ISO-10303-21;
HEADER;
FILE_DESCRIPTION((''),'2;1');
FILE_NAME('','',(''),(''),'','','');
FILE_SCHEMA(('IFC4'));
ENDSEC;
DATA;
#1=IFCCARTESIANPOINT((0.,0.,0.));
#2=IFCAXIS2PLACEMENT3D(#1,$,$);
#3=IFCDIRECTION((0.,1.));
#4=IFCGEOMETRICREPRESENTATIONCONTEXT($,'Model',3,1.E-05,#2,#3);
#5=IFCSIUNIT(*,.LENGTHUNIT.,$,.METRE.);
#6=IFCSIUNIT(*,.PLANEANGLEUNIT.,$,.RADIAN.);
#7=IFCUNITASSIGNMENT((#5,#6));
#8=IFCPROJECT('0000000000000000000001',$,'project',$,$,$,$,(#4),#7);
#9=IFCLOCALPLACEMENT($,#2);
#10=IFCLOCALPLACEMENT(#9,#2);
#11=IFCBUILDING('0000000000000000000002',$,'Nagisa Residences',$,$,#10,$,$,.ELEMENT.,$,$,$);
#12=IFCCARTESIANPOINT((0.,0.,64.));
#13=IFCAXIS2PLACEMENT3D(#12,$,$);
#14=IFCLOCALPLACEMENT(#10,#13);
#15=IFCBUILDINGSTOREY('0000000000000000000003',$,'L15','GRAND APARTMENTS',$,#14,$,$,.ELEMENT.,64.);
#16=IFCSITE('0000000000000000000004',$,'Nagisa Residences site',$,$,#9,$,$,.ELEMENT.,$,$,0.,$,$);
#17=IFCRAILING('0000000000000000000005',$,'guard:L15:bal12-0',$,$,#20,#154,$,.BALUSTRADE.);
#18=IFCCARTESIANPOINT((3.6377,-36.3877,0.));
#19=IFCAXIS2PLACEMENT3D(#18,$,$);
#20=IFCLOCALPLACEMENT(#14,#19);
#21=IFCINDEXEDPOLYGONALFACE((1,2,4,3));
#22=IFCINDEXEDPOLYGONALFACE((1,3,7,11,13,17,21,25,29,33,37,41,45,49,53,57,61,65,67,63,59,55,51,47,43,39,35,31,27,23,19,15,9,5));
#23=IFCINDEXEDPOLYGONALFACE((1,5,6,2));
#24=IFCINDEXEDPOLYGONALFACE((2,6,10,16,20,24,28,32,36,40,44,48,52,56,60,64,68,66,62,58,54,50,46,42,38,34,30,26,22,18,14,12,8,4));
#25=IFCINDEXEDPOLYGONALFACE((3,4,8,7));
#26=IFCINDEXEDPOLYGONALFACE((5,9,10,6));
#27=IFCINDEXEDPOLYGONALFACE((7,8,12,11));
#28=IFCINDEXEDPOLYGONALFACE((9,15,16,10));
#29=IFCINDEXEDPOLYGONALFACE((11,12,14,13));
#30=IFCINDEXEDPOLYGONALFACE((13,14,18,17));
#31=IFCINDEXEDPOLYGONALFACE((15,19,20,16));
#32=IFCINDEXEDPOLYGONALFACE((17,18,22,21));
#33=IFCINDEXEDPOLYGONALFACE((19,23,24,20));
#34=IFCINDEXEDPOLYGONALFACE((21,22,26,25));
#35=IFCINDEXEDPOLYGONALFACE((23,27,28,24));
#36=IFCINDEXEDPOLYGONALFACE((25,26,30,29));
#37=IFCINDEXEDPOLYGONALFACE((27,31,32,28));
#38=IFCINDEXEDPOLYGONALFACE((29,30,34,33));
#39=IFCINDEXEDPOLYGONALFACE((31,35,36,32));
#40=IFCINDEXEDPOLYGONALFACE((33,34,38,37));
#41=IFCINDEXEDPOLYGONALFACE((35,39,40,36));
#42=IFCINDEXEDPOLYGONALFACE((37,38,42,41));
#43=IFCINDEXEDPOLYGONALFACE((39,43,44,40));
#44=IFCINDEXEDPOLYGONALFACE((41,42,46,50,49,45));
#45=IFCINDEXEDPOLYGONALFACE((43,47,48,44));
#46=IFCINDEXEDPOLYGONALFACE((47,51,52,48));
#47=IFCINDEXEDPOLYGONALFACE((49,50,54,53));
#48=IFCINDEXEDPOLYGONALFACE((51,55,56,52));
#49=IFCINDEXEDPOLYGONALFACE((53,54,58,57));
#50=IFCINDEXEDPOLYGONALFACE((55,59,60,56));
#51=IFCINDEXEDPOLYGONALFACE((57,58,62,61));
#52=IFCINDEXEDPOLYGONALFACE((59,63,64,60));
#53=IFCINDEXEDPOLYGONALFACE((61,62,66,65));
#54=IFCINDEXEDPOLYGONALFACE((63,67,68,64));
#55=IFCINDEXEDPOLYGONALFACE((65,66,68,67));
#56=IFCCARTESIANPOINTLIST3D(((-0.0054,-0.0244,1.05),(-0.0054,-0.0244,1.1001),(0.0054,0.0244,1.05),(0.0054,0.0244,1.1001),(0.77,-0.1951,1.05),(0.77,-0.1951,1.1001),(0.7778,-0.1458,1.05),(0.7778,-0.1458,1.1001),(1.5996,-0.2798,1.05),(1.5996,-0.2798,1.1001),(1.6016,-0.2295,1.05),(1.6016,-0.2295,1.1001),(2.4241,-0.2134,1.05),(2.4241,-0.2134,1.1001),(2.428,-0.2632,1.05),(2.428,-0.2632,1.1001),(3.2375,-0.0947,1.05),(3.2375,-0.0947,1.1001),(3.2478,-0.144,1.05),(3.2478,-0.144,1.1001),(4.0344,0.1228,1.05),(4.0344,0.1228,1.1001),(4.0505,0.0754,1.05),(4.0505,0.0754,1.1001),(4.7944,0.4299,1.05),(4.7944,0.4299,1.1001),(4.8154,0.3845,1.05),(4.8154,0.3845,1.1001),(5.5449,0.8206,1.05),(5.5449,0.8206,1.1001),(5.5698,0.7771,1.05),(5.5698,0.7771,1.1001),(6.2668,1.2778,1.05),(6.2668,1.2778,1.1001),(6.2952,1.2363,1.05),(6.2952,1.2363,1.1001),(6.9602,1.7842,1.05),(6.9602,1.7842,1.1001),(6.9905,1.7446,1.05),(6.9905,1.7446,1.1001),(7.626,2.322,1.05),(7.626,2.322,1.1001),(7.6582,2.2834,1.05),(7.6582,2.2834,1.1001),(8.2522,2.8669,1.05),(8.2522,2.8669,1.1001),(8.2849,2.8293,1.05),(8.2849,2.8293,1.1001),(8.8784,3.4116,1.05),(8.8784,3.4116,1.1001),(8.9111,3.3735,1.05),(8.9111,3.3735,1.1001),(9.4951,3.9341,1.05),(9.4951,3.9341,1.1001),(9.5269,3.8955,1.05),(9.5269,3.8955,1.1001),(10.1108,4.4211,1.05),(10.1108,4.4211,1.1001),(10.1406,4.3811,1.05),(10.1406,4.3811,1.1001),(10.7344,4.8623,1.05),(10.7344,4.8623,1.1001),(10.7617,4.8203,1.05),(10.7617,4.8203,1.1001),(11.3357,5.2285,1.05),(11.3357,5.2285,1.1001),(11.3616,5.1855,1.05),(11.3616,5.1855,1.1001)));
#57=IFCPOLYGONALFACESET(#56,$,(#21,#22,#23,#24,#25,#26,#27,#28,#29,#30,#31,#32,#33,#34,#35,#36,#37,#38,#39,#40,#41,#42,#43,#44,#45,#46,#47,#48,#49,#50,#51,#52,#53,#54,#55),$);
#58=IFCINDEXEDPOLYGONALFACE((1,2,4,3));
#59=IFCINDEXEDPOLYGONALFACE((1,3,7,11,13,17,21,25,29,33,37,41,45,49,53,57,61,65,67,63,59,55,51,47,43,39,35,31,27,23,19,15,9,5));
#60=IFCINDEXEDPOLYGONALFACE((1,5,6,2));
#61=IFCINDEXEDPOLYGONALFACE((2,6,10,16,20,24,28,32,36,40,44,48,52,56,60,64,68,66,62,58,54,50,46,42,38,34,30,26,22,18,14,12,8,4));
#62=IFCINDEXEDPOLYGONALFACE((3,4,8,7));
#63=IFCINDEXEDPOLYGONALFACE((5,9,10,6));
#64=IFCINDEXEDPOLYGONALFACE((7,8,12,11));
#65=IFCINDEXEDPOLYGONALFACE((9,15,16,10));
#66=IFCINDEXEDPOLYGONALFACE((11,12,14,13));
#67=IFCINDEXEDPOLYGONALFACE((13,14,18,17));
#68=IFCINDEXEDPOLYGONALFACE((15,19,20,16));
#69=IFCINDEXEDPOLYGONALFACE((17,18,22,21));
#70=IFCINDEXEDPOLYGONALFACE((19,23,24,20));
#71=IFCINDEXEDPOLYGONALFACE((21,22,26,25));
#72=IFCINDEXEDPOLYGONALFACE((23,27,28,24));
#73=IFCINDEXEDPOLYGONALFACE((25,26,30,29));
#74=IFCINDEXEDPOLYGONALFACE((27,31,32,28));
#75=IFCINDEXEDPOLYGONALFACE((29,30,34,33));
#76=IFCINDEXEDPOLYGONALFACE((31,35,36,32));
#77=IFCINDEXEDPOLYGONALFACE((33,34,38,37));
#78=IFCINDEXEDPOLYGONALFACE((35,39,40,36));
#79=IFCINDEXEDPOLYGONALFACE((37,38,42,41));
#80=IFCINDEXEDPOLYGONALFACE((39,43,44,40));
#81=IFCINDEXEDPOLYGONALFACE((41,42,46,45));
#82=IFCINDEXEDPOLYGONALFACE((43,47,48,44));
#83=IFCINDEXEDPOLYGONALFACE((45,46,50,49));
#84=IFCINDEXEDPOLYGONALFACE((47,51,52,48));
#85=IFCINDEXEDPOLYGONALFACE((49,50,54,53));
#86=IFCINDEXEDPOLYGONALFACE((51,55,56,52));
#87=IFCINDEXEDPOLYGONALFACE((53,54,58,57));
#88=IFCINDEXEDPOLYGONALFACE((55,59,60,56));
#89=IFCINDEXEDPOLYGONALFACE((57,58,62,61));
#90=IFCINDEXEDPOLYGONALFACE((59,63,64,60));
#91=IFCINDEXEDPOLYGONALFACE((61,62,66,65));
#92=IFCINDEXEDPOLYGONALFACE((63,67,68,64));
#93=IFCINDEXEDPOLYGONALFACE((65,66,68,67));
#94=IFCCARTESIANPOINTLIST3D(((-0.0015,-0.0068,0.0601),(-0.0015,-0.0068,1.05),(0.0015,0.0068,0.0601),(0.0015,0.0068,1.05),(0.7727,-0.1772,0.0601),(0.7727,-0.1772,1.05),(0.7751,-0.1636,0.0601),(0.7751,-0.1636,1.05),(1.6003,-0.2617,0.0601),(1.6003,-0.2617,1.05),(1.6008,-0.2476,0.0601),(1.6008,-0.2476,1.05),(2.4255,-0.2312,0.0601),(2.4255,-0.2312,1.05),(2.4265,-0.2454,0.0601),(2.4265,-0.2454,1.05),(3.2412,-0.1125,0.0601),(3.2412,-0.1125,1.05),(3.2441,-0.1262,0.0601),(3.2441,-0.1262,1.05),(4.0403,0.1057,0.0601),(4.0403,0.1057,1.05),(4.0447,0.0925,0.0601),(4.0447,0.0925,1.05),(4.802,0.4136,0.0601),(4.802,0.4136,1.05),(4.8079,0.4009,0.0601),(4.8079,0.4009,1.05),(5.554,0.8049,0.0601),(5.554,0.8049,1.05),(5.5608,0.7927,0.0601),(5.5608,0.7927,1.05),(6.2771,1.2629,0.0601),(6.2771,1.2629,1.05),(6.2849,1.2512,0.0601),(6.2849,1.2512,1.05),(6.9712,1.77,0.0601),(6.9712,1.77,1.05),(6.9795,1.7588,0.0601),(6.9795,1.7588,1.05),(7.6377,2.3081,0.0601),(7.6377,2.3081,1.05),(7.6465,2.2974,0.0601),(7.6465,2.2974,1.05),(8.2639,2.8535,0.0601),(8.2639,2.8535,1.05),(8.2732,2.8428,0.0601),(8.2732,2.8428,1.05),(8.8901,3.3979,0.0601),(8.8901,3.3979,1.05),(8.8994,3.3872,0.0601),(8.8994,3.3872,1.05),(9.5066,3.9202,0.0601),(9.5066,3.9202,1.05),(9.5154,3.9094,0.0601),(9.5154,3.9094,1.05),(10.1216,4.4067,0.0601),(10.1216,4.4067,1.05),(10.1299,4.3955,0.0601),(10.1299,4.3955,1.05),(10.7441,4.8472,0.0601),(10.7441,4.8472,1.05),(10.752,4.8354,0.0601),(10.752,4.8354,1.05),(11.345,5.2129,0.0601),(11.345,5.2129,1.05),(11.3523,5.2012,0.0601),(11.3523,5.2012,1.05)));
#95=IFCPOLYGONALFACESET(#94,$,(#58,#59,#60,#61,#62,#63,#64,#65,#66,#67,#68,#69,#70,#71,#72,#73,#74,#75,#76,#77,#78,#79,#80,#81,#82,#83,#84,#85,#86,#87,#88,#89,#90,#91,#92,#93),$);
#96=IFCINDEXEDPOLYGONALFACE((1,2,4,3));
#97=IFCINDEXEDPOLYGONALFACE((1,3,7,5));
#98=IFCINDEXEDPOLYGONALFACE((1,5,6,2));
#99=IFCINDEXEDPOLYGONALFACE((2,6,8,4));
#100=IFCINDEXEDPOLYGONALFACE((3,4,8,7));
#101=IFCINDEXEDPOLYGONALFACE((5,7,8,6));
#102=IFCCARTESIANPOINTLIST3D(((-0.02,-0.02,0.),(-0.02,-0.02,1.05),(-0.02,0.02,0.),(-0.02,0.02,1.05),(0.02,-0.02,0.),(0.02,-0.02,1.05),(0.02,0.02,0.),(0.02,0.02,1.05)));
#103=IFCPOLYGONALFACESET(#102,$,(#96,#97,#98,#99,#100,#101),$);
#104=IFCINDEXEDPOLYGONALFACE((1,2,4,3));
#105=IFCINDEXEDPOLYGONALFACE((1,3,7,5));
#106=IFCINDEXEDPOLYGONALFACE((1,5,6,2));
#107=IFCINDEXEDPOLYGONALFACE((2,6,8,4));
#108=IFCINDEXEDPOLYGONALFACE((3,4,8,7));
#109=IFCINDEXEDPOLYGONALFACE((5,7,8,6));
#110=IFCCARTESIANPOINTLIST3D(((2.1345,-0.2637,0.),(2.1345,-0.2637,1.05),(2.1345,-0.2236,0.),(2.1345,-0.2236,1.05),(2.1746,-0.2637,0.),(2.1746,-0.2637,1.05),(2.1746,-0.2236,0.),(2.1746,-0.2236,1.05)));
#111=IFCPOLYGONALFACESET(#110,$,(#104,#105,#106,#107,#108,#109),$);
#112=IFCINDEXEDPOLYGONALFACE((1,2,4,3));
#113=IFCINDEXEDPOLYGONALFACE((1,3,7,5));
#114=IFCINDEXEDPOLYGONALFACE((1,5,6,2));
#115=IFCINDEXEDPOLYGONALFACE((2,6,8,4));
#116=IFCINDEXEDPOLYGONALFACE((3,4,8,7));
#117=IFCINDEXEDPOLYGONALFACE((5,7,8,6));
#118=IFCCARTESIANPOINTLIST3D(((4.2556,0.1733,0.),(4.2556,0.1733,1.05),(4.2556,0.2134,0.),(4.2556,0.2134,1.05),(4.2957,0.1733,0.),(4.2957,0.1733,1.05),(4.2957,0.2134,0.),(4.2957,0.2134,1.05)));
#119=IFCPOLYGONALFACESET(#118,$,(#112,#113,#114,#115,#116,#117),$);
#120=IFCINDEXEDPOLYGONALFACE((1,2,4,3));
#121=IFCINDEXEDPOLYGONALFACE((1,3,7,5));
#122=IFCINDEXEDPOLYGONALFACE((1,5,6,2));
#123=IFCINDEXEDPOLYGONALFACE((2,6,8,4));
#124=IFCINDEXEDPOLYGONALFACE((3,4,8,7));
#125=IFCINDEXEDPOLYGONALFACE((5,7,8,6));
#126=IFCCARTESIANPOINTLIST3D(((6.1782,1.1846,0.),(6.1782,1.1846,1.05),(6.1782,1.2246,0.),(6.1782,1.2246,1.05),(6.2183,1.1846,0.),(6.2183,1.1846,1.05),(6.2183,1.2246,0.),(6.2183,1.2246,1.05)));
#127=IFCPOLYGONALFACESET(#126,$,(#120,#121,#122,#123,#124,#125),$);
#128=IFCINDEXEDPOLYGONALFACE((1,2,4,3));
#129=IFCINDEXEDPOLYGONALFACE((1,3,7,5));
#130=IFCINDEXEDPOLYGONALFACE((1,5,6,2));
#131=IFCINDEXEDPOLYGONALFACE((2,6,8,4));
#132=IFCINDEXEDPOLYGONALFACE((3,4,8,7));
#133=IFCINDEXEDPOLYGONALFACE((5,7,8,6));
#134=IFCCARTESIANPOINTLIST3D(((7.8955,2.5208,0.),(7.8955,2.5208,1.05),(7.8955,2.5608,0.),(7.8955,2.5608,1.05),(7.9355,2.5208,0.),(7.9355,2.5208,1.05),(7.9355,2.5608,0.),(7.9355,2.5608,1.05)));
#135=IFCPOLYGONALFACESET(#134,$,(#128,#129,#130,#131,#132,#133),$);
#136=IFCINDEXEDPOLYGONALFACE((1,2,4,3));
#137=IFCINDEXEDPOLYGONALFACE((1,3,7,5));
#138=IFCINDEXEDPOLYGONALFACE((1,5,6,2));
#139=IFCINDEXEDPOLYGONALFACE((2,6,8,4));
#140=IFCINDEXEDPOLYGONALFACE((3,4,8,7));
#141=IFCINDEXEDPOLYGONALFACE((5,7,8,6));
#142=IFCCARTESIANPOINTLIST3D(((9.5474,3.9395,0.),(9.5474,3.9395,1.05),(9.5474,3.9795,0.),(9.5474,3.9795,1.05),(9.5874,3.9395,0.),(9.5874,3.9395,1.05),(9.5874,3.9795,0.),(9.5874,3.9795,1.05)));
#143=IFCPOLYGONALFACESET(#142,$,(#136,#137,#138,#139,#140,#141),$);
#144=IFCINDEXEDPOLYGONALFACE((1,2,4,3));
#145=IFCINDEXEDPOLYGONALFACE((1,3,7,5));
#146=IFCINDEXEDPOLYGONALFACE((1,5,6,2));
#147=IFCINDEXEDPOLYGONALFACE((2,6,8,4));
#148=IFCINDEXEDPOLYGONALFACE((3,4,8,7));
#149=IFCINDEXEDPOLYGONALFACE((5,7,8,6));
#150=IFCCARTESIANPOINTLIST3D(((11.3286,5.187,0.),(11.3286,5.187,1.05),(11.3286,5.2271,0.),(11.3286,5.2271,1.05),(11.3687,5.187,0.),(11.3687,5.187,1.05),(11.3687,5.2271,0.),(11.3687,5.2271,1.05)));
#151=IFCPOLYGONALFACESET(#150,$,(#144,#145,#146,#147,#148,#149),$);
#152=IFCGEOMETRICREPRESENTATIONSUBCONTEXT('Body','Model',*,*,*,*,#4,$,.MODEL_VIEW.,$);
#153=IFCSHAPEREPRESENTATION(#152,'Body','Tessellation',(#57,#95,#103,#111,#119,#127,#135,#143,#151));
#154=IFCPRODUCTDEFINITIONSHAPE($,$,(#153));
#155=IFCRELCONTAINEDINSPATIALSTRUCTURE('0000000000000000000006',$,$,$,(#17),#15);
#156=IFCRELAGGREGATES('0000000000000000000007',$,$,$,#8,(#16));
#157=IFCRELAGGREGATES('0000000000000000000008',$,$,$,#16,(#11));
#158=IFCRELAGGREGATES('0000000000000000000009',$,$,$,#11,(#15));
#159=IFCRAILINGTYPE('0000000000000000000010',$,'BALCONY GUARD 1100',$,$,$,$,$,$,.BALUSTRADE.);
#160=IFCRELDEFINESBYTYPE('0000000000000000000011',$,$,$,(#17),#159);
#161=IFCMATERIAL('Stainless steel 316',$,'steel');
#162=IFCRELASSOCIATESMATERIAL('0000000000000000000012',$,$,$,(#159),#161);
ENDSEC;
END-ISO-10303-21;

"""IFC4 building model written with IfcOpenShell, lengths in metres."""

from ifc_helpers import new_model, si_unit, direction, frame, origin, origin_2d, place, context, subcontext, project, spatial, polyline, rectangle, outline, extrude, material, type_object, element, save


model = new_model("IFC4")

# Units and contexts
model_context = context("Model", 3, precision=1e-05, world=origin(), true_north=direction((0.0, 1.0)))
body_context = subcontext(model_context, "Body", "Model", "MODEL_VIEW")
ifc_project = project(units=[si_unit("LENGTHUNIT", "METRE"), si_unit("PLANEANGLEUNIT", "RADIAN")], contexts=[model_context])

# Site, building, storey
site_placement = place(None, origin())
site = spatial("IfcSite", under=ifc_project, at=site_placement, Name="Nagisa Residences site", CompositionType="ELEMENT", RefElevation=0.0)
building_placement = place(site_placement, origin())
building = spatial("IfcBuilding", under=site, at=building_placement, Name="Nagisa Residences", CompositionType="ELEMENT")
storey_placement = place(building_placement, frame((0.0, 0.0, 64.0)))
storey = spatial("IfcBuildingStorey", under=building, at=storey_placement, Name="L15", Description="GRAND APARTMENTS", CompositionType="ELEMENT", Elevation=64.0)

# Railing
ifc_material_1 = material(Name="Stainless steel 316", Category="steel")
railing_type = type_object("IfcRailingType", Name="BALCONY GUARD 1100", PredefinedType="BALUSTRADE", material=ifc_material_1)
railing_placement = place(storey_placement, frame((3.6377, -36.3877, 0.0)))
element("IfcRailing", 1, at=railing_placement, inside=storey, type_object=railing_type, Name="guard:L15:bal12-0", PredefinedType="BALUSTRADE", context=body_context, shape_type="SweptSolid", body=[
    extrude(outline(polyline([(0.7778, -0.1458), (0.0054, 0.0244), (-0.0054, -0.0244), (0.77, -0.1951), (1.5996, -0.2798), (2.428, -0.2632), (3.2478, -0.144), (4.0505, 0.0754), (4.8154, 0.3845), (5.5698, 0.7771), (6.2952, 1.2363), (6.9905, 1.7446), (7.6582, 2.2834), (8.2849, 2.8293), (8.9111, 3.3735), (9.5269, 3.8955), (10.1406, 4.3811), (10.7617, 4.8203), (11.3616, 5.1855), (11.3357, 5.2285), (10.7344, 4.8623), (10.1108, 4.4211), (9.4951, 3.9341), (8.8784, 3.4116), (8.2522, 2.8669), (7.626, 2.322), (6.9602, 1.7842), (6.2668, 1.2778), (5.5449, 0.8206), (4.7944, 0.4299), (4.0344, 0.1228), (3.2375, -0.0947), (2.4241, -0.2134), (1.6016, -0.2295), (0.7778, -0.1458)])), frame((0.0, 0.0, 1.05)), (0.0, 0.0, 1.0), 0.05),
    extrude(outline(polyline([(0.7751, -0.1636), (0.0015, 0.0068), (-0.0015, -0.0068), (0.7727, -0.1772), (1.6003, -0.2617), (2.4265, -0.2454), (3.2441, -0.1262), (4.0447, 0.0925), (4.8079, 0.4009), (5.5608, 0.7927), (6.2849, 1.2512), (6.9795, 1.7588), (7.6465, 2.2974), (8.2732, 2.8428), (8.8994, 3.3872), (9.5154, 3.9094), (10.1299, 4.3955), (10.752, 4.8354), (11.3523, 5.2012), (11.345, 5.2129), (10.7441, 4.8472), (10.1216, 4.4067), (9.5066, 3.9202), (8.8901, 3.3979), (8.2639, 2.8535), (7.6377, 2.3081), (6.9712, 1.77), (6.2771, 1.2629), (5.554, 0.8049), (4.802, 0.4136), (4.0403, 0.1057), (3.2412, -0.1125), (2.4255, -0.2312), (1.6008, -0.2476), (0.7751, -0.1636)])), frame((0.0, 0.0, 0.0601)), (0.0, 0.0, 1.0), 0.99),
    extrude(rectangle(XDim=0.04, YDim=0.04, at=origin_2d()), origin(), (0.0, 0.0, 1.0), 1.05),
    extrude(rectangle(XDim=0.04, YDim=0.04, at=origin_2d()), frame((2.1545, -0.2437, 0.0)), (0.0, 0.0, 1.0), 1.05),
    extrude(rectangle(XDim=0.04, YDim=0.04, at=origin_2d()), frame((4.2756, 0.1934, 0.0)), (0.0, 0.0, 1.0), 1.05),
    extrude(rectangle(XDim=0.04, YDim=0.04, at=origin_2d()), frame((6.1982, 1.2046, 0.0)), (0.0, 0.0, 1.0), 1.05),
    extrude(rectangle(XDim=0.04, YDim=0.04, at=origin_2d()), frame((7.9155, 2.5408, 0.0)), (0.0, 0.0, 1.0), 1.05),
    extrude(rectangle(XDim=0.04, YDim=0.04, at=origin_2d()), frame((9.5674, 3.9595, 0.0)), (0.0, 0.0, 1.0), 1.05),
    extrude(rectangle(XDim=0.04, YDim=0.04, at=origin_2d()), frame((11.3486, 5.207, 0.0)), (0.0, 0.0, 1.0), 1.05),
])

save(model, "model.ifc")
